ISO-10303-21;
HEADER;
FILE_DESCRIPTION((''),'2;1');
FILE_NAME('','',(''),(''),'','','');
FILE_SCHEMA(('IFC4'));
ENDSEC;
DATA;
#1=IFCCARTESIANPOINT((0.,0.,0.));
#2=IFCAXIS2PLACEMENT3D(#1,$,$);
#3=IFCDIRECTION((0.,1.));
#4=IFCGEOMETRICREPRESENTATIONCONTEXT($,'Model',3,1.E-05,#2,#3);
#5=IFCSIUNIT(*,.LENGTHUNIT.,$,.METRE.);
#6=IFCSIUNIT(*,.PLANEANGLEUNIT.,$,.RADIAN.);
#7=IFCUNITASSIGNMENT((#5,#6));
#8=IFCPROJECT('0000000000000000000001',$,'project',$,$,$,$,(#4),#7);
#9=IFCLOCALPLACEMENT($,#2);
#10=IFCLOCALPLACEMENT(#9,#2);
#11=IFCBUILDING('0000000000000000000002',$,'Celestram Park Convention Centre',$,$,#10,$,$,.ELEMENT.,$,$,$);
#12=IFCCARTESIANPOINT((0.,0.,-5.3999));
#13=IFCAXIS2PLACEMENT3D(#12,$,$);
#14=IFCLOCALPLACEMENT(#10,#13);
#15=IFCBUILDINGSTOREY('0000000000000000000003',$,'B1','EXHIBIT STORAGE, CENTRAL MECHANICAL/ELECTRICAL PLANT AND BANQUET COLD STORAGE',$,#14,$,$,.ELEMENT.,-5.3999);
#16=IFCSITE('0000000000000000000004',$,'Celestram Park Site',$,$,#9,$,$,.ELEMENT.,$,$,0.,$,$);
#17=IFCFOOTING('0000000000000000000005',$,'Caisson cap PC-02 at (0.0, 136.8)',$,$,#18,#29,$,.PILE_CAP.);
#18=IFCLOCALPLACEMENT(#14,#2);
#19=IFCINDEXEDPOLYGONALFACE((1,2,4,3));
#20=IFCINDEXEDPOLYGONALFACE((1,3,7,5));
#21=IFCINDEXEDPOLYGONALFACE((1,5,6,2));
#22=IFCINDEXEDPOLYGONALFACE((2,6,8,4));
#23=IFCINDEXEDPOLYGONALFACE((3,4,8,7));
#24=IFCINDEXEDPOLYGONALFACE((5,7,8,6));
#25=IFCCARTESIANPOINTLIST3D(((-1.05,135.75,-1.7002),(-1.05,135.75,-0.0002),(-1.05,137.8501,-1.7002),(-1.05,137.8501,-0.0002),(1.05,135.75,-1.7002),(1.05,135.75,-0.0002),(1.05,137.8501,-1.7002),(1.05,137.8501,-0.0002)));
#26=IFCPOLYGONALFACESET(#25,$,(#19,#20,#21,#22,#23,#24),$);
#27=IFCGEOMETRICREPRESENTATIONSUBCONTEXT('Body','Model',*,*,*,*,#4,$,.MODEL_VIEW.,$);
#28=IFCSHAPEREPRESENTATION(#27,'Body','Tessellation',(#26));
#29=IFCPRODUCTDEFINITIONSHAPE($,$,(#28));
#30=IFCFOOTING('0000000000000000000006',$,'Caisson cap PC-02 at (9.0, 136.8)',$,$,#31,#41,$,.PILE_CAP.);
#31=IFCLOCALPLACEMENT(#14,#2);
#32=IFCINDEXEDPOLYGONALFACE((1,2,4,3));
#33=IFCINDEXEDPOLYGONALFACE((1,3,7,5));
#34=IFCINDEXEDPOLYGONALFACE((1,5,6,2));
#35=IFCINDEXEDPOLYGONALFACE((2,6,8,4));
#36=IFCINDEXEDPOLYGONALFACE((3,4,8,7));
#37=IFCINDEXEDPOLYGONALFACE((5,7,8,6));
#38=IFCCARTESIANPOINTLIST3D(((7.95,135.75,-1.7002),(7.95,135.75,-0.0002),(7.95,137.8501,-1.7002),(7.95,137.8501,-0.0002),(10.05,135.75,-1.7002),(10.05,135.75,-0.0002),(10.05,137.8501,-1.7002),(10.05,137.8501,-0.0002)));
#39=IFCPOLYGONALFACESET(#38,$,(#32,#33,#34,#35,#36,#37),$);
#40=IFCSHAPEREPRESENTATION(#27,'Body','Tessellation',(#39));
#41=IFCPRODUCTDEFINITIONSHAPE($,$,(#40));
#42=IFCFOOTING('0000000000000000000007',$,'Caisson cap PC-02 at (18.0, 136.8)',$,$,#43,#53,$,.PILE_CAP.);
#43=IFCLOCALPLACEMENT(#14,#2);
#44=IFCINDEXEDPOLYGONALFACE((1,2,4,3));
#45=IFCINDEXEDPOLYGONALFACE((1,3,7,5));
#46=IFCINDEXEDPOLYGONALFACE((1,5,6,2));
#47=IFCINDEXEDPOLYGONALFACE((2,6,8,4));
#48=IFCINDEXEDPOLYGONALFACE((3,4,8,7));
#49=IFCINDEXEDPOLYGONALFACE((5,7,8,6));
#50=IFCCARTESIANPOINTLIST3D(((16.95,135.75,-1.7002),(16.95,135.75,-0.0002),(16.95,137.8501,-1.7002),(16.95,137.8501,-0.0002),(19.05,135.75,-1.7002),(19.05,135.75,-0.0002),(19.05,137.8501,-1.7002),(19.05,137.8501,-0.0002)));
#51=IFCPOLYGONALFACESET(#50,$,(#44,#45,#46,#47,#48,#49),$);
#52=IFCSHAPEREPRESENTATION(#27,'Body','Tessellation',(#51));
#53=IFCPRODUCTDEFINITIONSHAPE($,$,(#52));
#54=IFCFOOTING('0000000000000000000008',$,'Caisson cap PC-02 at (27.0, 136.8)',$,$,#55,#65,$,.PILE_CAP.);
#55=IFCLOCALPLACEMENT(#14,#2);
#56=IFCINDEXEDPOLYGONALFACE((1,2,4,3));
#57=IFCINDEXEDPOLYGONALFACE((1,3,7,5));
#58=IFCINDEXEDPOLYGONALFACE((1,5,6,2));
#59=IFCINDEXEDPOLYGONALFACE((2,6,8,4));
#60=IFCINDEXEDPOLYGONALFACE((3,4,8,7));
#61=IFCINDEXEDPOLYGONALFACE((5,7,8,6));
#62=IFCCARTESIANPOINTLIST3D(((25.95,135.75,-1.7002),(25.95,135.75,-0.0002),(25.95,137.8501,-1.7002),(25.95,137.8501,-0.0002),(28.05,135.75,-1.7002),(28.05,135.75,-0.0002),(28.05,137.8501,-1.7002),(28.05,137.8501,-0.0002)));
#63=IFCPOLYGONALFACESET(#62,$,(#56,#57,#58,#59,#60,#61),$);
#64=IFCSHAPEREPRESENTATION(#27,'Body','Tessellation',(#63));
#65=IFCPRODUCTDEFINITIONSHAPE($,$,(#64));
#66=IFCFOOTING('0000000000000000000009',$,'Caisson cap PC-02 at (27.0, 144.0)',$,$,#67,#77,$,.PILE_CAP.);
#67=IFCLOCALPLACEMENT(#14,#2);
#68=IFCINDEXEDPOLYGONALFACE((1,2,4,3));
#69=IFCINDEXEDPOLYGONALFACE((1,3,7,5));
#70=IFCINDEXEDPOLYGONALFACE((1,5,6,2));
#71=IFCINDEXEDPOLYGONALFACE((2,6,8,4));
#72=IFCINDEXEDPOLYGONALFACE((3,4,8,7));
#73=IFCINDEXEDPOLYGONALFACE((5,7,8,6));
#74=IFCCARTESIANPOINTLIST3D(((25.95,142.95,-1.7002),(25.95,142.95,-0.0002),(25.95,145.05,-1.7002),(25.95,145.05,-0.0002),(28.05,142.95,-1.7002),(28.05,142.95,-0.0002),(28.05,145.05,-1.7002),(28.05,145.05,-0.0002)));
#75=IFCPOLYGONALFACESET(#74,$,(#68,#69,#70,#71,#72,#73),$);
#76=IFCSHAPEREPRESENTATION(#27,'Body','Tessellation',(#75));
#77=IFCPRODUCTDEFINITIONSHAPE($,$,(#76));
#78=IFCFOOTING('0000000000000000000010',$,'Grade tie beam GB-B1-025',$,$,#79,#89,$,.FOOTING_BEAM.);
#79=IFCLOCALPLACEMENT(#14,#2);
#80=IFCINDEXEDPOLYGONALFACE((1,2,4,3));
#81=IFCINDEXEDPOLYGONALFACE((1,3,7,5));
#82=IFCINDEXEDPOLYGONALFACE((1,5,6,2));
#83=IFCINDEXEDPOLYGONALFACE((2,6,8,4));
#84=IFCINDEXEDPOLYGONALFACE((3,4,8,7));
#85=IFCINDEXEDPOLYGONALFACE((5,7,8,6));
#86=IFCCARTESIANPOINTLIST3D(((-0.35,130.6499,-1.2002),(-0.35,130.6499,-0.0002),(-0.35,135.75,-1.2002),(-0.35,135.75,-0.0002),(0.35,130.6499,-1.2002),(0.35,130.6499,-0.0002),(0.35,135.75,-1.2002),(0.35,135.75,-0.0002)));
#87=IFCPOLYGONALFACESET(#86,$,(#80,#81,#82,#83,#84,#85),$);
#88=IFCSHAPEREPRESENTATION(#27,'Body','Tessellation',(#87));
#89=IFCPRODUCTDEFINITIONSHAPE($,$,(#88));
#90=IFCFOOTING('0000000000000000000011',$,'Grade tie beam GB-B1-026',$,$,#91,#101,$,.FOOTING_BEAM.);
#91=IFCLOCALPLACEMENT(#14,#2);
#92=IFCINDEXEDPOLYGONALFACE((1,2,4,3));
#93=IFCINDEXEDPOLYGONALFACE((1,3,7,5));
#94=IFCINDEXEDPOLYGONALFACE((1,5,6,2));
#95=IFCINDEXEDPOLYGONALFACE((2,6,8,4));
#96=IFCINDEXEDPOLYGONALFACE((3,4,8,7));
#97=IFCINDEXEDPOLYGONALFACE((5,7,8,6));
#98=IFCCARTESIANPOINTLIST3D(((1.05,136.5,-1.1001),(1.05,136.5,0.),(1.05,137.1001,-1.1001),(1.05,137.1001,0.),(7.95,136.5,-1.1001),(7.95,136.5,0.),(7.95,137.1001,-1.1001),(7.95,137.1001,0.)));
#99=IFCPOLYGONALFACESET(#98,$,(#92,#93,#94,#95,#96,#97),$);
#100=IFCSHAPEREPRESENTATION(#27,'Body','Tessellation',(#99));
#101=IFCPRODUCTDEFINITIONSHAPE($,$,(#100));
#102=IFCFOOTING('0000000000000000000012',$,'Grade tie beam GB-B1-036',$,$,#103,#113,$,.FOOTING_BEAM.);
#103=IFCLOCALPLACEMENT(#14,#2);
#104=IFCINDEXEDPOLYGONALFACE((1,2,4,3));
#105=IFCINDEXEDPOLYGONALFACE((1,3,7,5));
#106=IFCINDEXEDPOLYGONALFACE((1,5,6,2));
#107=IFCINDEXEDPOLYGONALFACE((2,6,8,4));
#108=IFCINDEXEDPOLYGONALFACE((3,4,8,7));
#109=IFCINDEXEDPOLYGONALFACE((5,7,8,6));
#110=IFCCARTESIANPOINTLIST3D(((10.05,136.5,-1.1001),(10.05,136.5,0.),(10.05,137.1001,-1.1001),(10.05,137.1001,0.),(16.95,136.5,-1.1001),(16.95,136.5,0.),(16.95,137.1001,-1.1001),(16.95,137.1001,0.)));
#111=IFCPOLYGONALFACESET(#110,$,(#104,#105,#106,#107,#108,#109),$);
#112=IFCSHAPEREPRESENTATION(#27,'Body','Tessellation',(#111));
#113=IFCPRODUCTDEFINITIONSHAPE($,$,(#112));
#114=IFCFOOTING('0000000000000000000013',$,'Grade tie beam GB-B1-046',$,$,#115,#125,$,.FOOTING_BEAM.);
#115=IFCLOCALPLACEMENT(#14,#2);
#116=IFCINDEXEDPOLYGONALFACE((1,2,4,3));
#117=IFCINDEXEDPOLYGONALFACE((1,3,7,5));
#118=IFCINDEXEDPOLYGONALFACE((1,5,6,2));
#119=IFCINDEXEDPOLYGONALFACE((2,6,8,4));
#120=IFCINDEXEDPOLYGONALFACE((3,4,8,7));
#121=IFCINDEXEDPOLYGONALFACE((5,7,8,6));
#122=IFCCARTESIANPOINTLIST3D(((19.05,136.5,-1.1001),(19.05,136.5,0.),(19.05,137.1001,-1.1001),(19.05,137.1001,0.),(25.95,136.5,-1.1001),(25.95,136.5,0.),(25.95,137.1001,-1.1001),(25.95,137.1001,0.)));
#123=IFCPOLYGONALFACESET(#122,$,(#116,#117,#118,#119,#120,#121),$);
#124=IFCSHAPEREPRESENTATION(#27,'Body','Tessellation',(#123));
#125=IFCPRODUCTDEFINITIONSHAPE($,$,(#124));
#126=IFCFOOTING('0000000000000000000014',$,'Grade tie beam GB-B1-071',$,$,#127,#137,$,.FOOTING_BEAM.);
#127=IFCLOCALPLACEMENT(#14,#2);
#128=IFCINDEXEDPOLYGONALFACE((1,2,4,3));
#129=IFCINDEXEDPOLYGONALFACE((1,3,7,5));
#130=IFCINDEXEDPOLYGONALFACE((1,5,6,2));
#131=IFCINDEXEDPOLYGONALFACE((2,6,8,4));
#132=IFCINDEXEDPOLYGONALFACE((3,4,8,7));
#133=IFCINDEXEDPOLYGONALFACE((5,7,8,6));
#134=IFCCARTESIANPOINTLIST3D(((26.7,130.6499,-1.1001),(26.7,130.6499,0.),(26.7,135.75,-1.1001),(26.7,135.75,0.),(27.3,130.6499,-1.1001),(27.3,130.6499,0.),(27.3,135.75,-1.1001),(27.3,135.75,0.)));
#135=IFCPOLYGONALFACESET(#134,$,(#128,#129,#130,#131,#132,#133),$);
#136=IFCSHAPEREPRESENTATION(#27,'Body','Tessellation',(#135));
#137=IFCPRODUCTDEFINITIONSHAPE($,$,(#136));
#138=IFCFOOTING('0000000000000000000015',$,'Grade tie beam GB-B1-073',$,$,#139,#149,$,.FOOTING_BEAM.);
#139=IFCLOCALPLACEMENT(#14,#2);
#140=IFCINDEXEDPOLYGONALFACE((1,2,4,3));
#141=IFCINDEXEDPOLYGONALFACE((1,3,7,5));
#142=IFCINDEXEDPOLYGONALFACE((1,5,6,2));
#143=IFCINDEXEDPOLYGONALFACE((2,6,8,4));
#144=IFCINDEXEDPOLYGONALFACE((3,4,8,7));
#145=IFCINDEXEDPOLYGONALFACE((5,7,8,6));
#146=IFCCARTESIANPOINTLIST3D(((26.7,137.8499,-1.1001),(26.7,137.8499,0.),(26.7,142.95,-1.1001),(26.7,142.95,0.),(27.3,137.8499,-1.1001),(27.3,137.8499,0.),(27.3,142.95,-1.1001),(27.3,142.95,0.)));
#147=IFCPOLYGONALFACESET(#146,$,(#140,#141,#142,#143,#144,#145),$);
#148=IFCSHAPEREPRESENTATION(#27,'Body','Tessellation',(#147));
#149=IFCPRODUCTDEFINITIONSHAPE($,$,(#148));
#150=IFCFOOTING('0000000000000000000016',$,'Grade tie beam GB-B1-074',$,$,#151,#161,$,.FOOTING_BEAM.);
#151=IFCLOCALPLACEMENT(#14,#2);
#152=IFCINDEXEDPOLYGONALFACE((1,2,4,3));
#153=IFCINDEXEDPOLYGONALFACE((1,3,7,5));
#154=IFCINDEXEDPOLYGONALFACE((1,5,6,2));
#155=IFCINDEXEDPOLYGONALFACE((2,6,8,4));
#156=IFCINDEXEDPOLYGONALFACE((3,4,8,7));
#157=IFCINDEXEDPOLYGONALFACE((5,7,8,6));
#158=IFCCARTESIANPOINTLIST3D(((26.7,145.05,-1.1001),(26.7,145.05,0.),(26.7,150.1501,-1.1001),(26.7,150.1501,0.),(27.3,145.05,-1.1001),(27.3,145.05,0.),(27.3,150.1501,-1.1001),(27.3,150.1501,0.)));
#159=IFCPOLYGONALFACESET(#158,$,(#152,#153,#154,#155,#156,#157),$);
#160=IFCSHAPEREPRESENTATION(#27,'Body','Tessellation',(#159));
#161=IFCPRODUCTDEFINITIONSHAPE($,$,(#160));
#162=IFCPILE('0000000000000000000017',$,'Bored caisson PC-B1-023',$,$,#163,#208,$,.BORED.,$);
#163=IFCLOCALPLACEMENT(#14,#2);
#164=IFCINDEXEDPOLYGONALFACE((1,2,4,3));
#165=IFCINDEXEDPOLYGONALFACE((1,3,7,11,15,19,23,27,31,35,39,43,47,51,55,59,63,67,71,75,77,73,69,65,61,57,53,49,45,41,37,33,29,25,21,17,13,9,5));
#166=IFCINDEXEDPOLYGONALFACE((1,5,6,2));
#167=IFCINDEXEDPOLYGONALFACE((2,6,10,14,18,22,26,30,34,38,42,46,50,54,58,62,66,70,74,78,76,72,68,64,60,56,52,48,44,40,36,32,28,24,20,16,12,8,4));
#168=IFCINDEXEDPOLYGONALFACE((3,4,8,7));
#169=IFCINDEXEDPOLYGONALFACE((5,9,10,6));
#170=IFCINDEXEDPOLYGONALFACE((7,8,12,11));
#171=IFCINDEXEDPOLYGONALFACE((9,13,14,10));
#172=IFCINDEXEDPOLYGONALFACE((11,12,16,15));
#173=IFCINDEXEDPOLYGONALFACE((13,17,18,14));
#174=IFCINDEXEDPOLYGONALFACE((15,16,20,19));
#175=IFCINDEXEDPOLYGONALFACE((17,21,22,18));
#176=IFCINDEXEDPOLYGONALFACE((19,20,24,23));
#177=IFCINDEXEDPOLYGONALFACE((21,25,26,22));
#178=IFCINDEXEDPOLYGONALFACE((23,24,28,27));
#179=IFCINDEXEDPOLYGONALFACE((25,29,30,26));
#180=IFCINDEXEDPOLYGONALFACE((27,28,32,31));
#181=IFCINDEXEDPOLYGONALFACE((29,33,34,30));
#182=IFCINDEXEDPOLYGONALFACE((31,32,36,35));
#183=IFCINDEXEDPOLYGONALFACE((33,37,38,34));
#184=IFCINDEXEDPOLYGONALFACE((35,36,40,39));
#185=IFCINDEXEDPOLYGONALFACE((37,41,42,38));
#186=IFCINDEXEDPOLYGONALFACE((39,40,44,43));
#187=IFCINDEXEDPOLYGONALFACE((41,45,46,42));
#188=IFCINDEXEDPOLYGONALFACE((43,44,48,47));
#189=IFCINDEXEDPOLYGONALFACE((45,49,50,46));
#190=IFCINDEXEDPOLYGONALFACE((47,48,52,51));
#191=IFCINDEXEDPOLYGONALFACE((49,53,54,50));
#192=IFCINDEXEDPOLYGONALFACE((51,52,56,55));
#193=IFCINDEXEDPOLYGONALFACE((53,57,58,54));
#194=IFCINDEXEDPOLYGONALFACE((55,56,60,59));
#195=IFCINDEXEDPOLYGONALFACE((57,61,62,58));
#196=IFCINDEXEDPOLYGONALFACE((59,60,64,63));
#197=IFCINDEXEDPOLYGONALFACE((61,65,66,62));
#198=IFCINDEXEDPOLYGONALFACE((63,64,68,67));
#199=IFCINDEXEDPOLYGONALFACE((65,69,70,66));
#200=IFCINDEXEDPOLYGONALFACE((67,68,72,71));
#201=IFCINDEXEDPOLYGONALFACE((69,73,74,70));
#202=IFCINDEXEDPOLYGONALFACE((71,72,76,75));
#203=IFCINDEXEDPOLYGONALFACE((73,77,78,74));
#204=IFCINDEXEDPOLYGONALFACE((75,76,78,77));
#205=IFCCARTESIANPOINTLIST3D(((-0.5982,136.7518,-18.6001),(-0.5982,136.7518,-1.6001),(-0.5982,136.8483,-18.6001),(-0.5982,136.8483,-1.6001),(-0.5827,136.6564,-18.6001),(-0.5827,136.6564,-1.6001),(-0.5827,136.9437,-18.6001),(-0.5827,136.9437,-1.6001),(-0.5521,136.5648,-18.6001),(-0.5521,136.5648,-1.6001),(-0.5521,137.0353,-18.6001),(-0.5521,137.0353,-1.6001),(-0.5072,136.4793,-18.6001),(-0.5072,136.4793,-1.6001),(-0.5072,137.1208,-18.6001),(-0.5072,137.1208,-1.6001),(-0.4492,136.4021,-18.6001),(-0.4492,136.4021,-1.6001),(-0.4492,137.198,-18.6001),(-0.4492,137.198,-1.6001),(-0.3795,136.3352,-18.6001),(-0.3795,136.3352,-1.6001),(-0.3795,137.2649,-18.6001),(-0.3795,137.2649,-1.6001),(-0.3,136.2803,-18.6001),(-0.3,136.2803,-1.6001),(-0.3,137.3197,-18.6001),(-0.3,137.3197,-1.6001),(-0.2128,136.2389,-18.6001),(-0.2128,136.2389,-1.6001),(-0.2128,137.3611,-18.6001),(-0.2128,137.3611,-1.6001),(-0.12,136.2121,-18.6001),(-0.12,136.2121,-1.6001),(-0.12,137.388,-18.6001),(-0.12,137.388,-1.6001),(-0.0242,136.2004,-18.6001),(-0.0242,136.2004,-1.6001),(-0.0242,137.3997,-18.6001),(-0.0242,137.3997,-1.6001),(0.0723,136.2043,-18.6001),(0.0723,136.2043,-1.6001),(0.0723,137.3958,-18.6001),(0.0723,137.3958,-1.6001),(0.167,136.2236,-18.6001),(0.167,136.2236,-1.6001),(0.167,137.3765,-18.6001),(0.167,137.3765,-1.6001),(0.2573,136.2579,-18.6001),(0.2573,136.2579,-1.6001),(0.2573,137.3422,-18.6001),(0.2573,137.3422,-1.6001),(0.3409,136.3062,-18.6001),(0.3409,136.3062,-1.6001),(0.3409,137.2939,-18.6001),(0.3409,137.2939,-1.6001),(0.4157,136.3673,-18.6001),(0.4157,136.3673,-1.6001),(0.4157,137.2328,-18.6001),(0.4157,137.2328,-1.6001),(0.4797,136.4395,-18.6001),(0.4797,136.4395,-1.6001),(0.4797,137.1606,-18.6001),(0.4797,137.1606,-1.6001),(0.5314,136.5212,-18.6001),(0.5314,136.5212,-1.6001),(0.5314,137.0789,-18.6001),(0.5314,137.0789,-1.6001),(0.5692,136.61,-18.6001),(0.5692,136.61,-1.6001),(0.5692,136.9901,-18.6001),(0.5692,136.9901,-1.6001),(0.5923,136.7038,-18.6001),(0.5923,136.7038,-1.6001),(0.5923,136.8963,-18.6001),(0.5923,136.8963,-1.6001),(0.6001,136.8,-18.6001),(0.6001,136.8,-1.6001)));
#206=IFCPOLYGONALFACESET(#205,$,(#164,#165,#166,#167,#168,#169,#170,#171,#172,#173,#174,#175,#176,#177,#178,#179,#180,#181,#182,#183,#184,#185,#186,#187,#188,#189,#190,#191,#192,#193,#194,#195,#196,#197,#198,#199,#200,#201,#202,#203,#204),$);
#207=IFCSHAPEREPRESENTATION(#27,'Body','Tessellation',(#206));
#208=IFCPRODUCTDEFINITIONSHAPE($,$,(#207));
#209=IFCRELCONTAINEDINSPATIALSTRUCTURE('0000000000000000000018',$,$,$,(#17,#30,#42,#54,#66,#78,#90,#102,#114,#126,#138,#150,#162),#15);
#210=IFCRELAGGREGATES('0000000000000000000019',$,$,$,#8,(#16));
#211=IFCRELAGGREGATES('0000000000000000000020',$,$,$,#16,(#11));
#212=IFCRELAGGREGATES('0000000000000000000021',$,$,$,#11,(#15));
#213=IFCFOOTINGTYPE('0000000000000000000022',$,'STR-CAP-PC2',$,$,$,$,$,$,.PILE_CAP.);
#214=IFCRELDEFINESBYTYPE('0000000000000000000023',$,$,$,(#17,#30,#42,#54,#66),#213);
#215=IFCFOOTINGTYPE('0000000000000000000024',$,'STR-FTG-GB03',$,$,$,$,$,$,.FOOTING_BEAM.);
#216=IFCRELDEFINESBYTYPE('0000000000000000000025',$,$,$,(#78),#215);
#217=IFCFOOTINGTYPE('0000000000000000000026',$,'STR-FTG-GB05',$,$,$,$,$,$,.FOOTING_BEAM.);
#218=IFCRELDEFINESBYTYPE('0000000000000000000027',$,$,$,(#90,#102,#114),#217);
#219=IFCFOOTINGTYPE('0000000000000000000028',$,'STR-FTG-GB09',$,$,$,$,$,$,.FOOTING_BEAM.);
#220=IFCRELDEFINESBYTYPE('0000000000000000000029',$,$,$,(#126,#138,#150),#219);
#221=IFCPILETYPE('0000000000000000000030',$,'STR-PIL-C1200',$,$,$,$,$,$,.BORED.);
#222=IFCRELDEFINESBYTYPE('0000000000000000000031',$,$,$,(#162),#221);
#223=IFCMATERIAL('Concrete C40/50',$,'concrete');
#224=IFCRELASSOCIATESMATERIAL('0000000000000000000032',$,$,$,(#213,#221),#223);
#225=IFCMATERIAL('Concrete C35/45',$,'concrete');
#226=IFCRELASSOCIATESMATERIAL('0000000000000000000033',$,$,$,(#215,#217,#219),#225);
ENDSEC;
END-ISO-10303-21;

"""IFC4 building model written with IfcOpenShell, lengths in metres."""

from ifc_helpers import new_model, si_unit, direction, frame, origin, origin_2d, place, context, subcontext, project, spatial, rectangle, circle, extrude, material, material_profile, profile_set, type_object, element, save


model = new_model("IFC4")

# Units and contexts
model_context = context("Model", 3, precision=1e-05, world=origin(), true_north=direction((0.0, 1.0)))
body_context = subcontext(model_context, "Body", "Model", "MODEL_VIEW")
ifc_project = project(units=[si_unit("LENGTHUNIT", "METRE"), si_unit("PLANEANGLEUNIT", "RADIAN")], contexts=[model_context])

# Site, building, storey
site_placement = place(None, origin())
site = spatial("IfcSite", under=ifc_project, at=site_placement, Name="Celestram Park Site", CompositionType="ELEMENT", RefElevation=0.0)
building_placement = place(site_placement, origin())
building = spatial("IfcBuilding", under=site, at=building_placement, Name="Celestram Park Convention Centre", CompositionType="ELEMENT")
storey_placement = place(building_placement, frame((0.0, 0.0, -5.3999)))
storey = spatial("IfcBuildingStorey", under=building, at=storey_placement, Name="B1", Description="EXHIBIT STORAGE, CENTRAL MECHANICAL/ELECTRICAL PLANT AND BANQUET COLD STORAGE", CompositionType="ELEMENT", Elevation=-5.3999)

# Footings
ifc_material_1 = material(Name="Concrete C40/50", Category="concrete")
footing_type_1 = type_object("IfcFootingType", Name="STR-CAP-PC2", PredefinedType="PILE_CAP", material=ifc_material_1)
for number, where, z_axis, x_axis, name in (
    (1, (0.0, 136.8, -1.7002), (0.0, 0.0, 1.0), (1.0, 0.0, 0.0), "Caisson cap PC-02 at (0.0, 136.8)"),
    (2, (9.0, 136.8, -1.7002), (0.0, 0.0, 1.0), (1.0, 0.0, 0.0), "Caisson cap PC-02 at (9.0, 136.8)"),
    (3, (18.0, 136.8, -1.7002), (0.0, 0.0, 1.0), (1.0, 0.0, 0.0), "Caisson cap PC-02 at (18.0, 136.8)"),
    (4, (27.0, 136.8, -1.7002), (0.0, 0.0, 1.0), (1.0, 0.0, 0.0), "Caisson cap PC-02 at (27.0, 136.8)"),
    (5, (27.0, 144.0, -1.7002), (0.0, 0.0, 1.0), (1.0, 0.0, 0.0), "Caisson cap PC-02 at (27.0, 144.0)"),
):
    element("IfcFooting", number, at=place(storey_placement, frame(where, z_axis=z_axis, x_axis=x_axis)), inside=storey, type_object=footing_type_1, Name=name, PredefinedType="PILE_CAP", context=body_context, shape_type="SweptSolid", body=[
        extrude(rectangle(XDim=2.1001, YDim=2.1001, at=origin_2d()), origin(), (0.0, 0.0, 1.0), 1.7),
    ])
ifc_material_2 = material(Name="Concrete C35/45", Category="concrete")
footing_type_2 = type_object("IfcFootingType", Name="STR-FTG-GB03", PredefinedType="FOOTING_BEAM", material=ifc_material_2)
footing_placement = place(storey_placement, frame((0.0, 133.2, -1.2002), z_axis=(0.0, 0.0, 1.0), x_axis=(0.0, 1.0, 0.0)))
element("IfcFooting", 6, at=footing_placement, inside=storey, type_object=footing_type_2, Name="Grade tie beam GB-B1-025", PredefinedType="FOOTING_BEAM", context=body_context, shape_type="SweptSolid", body=[
    extrude(rectangle(XDim=5.1001, YDim=0.7, at=origin_2d()), origin(), (0.0, 0.0, 1.0), 1.2),
])
footing_type_3 = type_object("IfcFootingType", Name="STR-FTG-GB05", PredefinedType="FOOTING_BEAM", material=ifc_material_2)
for number, where, z_axis, x_axis, name in (
    (7, (4.5, 136.8, -1.1001), (0.0, 0.0, 1.0), (1.0, 0.0, 0.0), "Grade tie beam GB-B1-026"),
    (8, (13.5, 136.8, -1.1001), (0.0, 0.0, 1.0), (1.0, 0.0, 0.0), "Grade tie beam GB-B1-036"),
    (9, (22.5, 136.8, -1.1001), (0.0, 0.0, 1.0), (1.0, 0.0, 0.0), "Grade tie beam GB-B1-046"),
):
    element("IfcFooting", number, at=place(storey_placement, frame(where, z_axis=z_axis, x_axis=x_axis)), inside=storey, type_object=footing_type_3, Name=name, PredefinedType="FOOTING_BEAM", context=body_context, shape_type="SweptSolid", body=[
        extrude(rectangle(XDim=6.8999, YDim=0.6001, at=origin_2d()), origin(), (0.0, 0.0, 1.0), 1.1001),
    ])
footing_type_4 = type_object("IfcFootingType", Name="STR-FTG-GB09", PredefinedType="FOOTING_BEAM", material=ifc_material_2)
for number, where, z_axis, x_axis, name in (
    (10, (27.0, 133.2, -1.1001), (0.0, 0.0, 1.0), (0.0, 1.0, 0.0), "Grade tie beam GB-B1-071"),
    (11, (27.0, 140.3999, -1.1001), (0.0, 0.0, 1.0), (0.0, 1.0, 0.0), "Grade tie beam GB-B1-073"),
    (12, (27.0, 147.6001, -1.1001), (0.0, 0.0, 1.0), (0.0, 1.0, 0.0), "Grade tie beam GB-B1-074"),
):
    element("IfcFooting", number, at=place(storey_placement, frame(where, z_axis=z_axis, x_axis=x_axis)), inside=storey, type_object=footing_type_4, Name=name, PredefinedType="FOOTING_BEAM", context=body_context, shape_type="SweptSolid", body=[
        extrude(rectangle(XDim=5.1001, YDim=0.6001, at=origin_2d()), origin(), (0.0, 0.0, 1.0), 1.1001),
    ])

# Pile
ifc_material_profile_1 = material_profile(ifc_material_1, circle(Radius=0.6001, at=origin_2d()), Name="CAISSON1200")
ifc_profile_set_1 = profile_set([ifc_material_profile_1], Name="Concrete C40/50")
pile_type = type_object("IfcPileType", Name="STR-PIL-C1200", PredefinedType="BORED", material=ifc_profile_set_1)
for number, where, z_axis, x_axis, name in (
    (13, (0.0, 136.8, -1.6001), (0.0, 0.0, -1.0), (1.0, 0.0, 0.0), "Bored caisson PC-B1-023"),
):
    element("IfcPile", number, at=place(storey_placement, frame(where, z_axis=z_axis, x_axis=x_axis)), inside=storey, type_object=pile_type, Name=name, PredefinedType="BORED", context=body_context, shape_type="SweptSolid", body=[
        extrude(circle(Radius=0.6001, at=origin_2d()), origin(), (0.0, 0.0, 1.0), 17.0),
    ])

save(model, "model.ifc")
